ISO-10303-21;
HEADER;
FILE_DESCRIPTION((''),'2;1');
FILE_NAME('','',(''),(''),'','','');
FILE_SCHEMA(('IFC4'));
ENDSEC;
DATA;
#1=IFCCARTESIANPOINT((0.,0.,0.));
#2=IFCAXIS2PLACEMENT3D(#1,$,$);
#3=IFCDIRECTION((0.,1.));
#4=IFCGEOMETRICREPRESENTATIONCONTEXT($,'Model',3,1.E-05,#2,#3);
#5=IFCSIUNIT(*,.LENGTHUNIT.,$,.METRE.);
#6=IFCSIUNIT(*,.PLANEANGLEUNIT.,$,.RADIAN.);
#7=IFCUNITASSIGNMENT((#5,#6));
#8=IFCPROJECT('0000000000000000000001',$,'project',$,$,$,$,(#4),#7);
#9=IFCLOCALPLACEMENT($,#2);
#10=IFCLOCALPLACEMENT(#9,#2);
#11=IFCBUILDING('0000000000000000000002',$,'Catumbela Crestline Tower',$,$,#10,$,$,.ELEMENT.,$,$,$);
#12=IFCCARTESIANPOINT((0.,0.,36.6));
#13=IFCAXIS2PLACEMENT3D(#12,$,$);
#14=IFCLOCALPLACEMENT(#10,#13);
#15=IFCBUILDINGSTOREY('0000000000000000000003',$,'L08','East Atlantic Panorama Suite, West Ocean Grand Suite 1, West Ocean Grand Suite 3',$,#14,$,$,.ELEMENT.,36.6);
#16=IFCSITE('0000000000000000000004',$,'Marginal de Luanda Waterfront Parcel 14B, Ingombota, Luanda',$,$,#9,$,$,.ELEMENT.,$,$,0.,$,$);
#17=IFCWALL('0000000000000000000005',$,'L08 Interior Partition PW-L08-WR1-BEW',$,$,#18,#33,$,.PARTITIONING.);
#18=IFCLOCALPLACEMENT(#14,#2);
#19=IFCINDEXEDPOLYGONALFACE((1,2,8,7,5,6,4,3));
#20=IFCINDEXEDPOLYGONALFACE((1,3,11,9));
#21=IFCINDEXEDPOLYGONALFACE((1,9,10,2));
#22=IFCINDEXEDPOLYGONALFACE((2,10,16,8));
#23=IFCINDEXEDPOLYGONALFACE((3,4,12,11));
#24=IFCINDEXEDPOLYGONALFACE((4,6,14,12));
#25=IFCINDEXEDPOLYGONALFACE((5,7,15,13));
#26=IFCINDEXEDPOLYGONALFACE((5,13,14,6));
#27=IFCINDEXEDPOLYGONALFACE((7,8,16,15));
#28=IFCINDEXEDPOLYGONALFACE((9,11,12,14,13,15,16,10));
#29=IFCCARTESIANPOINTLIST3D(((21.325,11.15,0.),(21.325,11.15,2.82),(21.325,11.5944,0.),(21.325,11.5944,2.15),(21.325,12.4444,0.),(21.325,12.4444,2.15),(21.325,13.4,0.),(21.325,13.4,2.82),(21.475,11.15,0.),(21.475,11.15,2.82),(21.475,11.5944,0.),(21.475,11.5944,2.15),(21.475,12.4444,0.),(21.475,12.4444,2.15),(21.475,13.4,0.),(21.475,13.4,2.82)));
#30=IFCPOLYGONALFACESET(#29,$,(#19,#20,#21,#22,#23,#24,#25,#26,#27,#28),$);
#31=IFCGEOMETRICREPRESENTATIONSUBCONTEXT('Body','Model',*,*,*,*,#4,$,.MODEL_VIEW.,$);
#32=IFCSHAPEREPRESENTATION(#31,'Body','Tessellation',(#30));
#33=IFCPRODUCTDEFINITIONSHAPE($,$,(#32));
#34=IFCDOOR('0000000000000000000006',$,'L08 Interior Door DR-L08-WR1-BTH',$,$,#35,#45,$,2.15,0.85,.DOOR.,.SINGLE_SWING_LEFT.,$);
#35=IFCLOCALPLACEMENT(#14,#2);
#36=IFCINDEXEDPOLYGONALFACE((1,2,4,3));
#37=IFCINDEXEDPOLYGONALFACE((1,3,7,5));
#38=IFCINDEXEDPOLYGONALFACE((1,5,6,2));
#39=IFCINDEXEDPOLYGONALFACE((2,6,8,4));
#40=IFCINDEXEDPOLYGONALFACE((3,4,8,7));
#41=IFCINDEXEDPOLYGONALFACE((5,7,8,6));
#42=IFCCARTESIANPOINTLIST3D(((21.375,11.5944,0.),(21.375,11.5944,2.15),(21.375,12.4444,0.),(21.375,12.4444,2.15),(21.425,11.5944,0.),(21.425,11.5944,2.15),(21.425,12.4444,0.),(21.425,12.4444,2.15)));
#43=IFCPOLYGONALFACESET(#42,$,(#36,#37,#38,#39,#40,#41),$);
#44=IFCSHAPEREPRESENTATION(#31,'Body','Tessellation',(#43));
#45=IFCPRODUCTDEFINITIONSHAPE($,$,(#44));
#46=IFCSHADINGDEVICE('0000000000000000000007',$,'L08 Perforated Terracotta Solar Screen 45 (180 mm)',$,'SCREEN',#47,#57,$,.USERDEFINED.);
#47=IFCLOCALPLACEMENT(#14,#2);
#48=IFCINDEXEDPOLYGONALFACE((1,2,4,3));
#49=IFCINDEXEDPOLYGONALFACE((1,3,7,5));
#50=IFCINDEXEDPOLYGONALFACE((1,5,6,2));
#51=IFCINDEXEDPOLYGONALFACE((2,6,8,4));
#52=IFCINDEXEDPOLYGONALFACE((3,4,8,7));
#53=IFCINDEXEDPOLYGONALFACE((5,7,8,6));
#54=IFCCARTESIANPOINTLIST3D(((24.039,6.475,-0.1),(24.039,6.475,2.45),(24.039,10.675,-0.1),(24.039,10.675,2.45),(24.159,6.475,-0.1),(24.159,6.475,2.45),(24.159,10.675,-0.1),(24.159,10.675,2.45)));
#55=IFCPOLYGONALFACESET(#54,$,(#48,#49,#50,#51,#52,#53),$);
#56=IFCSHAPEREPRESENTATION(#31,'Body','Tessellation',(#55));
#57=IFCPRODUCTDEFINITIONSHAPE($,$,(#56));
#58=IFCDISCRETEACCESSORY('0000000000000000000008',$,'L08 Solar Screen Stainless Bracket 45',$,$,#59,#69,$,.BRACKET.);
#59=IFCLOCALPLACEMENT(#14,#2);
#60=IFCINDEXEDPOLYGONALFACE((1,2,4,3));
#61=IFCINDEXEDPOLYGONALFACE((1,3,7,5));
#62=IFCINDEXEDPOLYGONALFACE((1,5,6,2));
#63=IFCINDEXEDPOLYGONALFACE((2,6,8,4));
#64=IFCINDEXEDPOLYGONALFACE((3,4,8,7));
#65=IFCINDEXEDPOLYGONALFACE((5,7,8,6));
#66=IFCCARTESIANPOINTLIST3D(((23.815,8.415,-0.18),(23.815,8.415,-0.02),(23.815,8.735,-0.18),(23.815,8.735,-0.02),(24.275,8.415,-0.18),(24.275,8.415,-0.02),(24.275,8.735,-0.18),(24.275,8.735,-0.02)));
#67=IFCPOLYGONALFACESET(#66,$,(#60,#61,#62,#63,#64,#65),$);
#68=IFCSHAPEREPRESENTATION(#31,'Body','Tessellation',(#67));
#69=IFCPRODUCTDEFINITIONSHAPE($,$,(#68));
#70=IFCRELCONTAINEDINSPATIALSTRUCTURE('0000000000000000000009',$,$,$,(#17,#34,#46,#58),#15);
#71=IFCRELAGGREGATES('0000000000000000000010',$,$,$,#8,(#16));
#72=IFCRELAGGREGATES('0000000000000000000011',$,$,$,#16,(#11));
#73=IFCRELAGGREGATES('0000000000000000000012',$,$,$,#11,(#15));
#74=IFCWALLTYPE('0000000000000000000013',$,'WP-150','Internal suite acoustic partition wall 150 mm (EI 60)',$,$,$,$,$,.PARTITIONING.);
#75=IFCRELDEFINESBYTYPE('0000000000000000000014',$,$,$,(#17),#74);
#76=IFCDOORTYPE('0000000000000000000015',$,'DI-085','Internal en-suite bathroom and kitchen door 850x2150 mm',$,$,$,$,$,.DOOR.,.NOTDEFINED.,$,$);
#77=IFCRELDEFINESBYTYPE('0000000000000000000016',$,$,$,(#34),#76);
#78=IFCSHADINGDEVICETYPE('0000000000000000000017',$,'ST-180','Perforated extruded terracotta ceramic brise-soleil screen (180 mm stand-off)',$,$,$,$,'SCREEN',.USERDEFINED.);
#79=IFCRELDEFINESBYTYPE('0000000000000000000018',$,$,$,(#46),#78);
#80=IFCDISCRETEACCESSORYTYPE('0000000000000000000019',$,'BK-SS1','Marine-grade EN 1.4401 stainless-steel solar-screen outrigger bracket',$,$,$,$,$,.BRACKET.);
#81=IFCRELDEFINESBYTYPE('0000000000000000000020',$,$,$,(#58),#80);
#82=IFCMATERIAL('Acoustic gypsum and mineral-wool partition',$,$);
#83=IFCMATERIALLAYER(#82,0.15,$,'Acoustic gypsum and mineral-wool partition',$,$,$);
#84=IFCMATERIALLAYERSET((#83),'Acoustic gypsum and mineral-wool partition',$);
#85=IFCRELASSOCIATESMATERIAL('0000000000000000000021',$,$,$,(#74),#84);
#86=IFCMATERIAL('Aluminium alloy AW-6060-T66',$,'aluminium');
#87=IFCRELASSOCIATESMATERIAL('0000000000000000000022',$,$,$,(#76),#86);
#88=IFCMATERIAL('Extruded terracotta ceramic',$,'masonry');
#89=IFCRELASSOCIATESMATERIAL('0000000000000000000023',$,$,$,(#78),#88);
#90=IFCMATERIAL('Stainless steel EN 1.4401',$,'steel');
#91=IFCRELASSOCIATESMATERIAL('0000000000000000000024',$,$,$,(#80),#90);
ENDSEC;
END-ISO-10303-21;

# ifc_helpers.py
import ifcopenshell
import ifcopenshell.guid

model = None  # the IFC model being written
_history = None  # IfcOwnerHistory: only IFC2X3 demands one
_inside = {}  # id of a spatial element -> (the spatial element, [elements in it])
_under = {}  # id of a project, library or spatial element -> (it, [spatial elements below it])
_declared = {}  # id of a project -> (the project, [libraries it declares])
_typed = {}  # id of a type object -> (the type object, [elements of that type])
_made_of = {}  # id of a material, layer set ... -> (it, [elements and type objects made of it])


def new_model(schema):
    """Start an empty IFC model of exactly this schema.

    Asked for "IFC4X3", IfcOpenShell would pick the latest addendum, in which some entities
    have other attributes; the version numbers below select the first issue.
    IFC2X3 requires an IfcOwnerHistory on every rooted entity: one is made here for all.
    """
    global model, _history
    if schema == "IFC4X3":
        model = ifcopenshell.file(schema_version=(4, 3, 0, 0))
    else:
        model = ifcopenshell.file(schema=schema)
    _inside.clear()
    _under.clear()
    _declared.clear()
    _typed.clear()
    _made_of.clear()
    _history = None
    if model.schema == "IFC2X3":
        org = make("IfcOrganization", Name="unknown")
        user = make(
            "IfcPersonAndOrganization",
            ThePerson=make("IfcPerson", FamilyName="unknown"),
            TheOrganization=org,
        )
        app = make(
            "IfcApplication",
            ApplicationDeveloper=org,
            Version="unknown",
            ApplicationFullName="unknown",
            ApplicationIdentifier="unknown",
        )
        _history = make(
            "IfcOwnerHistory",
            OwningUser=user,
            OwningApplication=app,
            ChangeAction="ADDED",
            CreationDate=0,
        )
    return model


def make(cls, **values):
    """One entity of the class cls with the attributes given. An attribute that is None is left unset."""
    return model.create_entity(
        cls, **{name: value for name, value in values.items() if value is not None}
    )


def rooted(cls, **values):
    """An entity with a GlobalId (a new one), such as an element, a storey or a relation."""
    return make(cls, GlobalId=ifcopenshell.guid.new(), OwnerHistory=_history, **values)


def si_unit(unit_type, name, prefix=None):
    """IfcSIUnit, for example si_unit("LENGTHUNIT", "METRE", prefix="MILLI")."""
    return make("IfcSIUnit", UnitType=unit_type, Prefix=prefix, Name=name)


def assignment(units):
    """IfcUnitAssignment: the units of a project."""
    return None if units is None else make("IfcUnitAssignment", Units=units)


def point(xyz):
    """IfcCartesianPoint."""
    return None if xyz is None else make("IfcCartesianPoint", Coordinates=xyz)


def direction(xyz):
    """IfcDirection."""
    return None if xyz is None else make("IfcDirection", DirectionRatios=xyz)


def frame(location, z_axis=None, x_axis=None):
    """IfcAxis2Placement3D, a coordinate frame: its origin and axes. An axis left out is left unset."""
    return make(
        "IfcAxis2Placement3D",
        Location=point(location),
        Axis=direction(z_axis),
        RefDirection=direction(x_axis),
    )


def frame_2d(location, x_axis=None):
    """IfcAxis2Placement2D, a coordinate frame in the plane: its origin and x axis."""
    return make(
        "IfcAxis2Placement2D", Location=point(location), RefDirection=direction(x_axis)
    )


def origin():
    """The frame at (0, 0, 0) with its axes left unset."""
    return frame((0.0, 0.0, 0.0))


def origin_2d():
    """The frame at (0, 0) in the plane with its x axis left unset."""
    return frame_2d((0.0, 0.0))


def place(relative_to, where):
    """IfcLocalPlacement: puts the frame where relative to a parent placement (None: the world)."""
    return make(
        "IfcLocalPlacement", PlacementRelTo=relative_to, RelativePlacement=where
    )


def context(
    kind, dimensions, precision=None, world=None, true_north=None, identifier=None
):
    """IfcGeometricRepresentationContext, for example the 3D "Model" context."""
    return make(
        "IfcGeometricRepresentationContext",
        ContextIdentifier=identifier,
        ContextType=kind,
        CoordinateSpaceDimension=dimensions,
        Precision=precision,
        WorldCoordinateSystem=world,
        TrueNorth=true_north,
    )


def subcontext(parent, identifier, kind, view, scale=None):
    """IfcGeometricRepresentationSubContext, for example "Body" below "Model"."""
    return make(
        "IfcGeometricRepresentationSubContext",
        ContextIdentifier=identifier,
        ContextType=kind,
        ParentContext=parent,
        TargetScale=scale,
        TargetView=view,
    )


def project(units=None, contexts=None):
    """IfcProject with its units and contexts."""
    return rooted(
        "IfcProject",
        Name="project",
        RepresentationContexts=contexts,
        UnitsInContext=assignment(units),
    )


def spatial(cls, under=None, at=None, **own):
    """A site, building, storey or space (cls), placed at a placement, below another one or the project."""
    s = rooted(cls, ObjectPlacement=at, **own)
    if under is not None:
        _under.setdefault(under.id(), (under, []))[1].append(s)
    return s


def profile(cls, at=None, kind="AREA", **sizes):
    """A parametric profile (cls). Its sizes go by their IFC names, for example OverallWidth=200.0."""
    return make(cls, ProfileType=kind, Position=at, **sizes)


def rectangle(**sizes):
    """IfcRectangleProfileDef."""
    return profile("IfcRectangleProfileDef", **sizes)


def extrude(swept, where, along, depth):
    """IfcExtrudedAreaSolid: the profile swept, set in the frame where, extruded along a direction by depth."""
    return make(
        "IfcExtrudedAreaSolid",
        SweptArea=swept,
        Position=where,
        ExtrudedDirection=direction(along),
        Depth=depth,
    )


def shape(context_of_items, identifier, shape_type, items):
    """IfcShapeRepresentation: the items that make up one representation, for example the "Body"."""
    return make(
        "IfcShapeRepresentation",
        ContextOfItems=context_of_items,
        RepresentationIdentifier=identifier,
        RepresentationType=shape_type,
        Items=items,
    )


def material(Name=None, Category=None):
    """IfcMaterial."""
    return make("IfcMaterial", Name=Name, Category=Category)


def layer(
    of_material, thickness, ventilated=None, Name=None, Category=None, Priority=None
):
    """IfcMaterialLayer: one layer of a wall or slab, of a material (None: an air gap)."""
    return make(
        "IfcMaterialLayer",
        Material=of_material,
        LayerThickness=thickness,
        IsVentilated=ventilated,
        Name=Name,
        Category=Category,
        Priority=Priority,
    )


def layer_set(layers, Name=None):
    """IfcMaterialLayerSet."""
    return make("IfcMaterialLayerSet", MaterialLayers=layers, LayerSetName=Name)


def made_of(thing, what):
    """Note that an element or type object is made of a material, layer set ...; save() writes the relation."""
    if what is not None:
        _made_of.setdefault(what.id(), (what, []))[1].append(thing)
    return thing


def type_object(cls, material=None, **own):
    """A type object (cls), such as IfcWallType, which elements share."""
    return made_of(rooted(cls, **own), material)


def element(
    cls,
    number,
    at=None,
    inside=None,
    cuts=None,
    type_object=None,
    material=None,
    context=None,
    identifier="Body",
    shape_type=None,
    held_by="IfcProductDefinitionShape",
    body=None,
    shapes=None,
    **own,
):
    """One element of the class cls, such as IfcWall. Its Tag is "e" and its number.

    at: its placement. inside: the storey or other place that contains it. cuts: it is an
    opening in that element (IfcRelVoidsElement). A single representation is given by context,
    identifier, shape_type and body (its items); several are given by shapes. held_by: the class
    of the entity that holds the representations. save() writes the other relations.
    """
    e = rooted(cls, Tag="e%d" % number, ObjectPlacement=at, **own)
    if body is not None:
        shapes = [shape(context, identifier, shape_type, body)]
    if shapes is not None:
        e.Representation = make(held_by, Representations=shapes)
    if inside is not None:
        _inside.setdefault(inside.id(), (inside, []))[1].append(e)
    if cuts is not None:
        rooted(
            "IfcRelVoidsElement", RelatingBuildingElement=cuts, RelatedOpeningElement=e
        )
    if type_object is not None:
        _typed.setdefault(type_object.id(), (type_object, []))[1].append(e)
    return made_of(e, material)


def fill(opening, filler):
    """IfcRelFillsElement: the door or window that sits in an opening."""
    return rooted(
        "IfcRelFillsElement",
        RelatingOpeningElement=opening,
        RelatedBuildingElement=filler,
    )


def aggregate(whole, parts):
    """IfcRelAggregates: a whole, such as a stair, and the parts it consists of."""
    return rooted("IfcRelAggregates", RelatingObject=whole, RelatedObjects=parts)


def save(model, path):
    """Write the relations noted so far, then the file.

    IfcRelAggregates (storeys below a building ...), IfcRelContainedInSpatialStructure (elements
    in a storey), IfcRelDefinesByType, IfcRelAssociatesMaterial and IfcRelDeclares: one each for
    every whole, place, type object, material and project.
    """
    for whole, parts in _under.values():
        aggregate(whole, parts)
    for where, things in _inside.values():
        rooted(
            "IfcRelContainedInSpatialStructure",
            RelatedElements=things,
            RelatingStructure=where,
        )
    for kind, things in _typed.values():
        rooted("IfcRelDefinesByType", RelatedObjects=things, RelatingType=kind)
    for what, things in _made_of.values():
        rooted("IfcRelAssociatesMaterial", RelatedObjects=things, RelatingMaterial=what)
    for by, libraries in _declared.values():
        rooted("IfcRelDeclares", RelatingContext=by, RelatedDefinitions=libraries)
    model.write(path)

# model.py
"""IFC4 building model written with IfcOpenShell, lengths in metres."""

from ifc_helpers import new_model, si_unit, direction, frame, frame_2d, origin, origin_2d, place, context, subcontext, project, spatial, rectangle, extrude, material, layer, layer_set, type_object, element, fill, save


model = new_model("IFC4")

# Units and contexts
model_context = context("Model", 3, precision=1e-05, world=origin(), true_north=direction((0.0, 1.0)))
body_context = subcontext(model_context, "Body", "Model", "MODEL_VIEW")
ifc_project = project(units=[si_unit("LENGTHUNIT", "METRE"), si_unit("PLANEANGLEUNIT", "RADIAN")], contexts=[model_context])

# Site, building, storey
site_placement = place(None, origin())
site = spatial("IfcSite", under=ifc_project, at=site_placement, Name="Marginal de Luanda Waterfront Parcel 14B, Ingombota, Luanda", CompositionType="ELEMENT", RefElevation=0.0)
building_placement = place(site_placement, origin())
building = spatial("IfcBuilding", under=site, at=building_placement, Name="Catumbela Crestline Tower", CompositionType="ELEMENT")
storey_placement = place(building_placement, frame((0.0, 0.0, 36.6)))
storey = spatial("IfcBuildingStorey", under=building, at=storey_placement, Name="L08", Description="East Atlantic Panorama Suite, West Ocean Grand Suite 1, West Ocean Grand Suite 3", CompositionType="ELEMENT", Elevation=36.6)

# Shared definitions
ifc_material_1 = material(Name="Aluminium alloy AW-6060-T66", Category="aluminium")

# Wall, opening, door
ifc_material_2 = material(Name="Acoustic gypsum and mineral-wool partition")
ifc_layer_1 = layer(ifc_material_2, 0.15, Name="Acoustic gypsum and mineral-wool partition")
ifc_layer_set_1 = layer_set([ifc_layer_1], Name="Acoustic gypsum and mineral-wool partition")
wall_type_1 = type_object("IfcWallType", Name="WP-150", Description="Internal suite acoustic partition wall 150 mm (EI 60)", PredefinedType="PARTITIONING", material=ifc_layer_set_1)
wall_1_placement = place(storey_placement, frame((21.4, 11.15, 0.0), z_axis=(0.0, 0.0, 1.0), x_axis=(0.0, 1.0, 0.0)))
wall_1 = element("IfcWall", 1, at=wall_1_placement, inside=storey, type_object=wall_type_1, Name="L08 Interior Partition PW-L08-WR1-BEW", PredefinedType="PARTITIONING", context=body_context, shape_type="SweptSolid", body=[
    extrude(rectangle(XDim=2.25, YDim=0.15, at=frame_2d((1.125, 0.0))), origin(), (0.0, 0.0, 1.0), 2.82),
])
opening_1_placement = place(wall_1_placement, frame((0.4444, 0.0, 0.0)))
opening_1 = element("IfcOpeningElement", 2, at=opening_1_placement, cuts=wall_1, PredefinedType="OPENING", context=body_context, shape_type="SweptSolid", body=[
    extrude(rectangle(XDim=0.85, YDim=2.15, at=frame_2d((0.425, 1.075))), frame((0.0, 0.085, 0.0), z_axis=(0.0, -1.0, 0.0), x_axis=(1.0, 0.0, 0.0)), (0.0, 0.0, 1.0), 0.17),
])
door_type = type_object("IfcDoorType", Name="DI-085", Description="Internal en-suite bathroom and kitchen door 850x2150 mm", OperationType="NOTDEFINED", PredefinedType="DOOR", material=ifc_material_1)
door_placement = place(opening_1_placement, origin())
door = element("IfcDoor", 3, at=door_placement, inside=storey, type_object=door_type, Name="L08 Interior Door DR-L08-WR1-BTH", OperationType="SINGLE_SWING_LEFT", OverallHeight=2.15, OverallWidth=0.85, PredefinedType="DOOR", context=body_context, shape_type="SweptSolid", body=[
    extrude(rectangle(XDim=0.85, YDim=2.15, at=frame_2d((0.425, 1.075))), frame((0.0, 0.025, 0.0), z_axis=(0.0, -1.0, 0.0), x_axis=(1.0, 0.0, 0.0)), (0.0, 0.0, 1.0), 0.05),
])
fill(opening_1, door)

# Shading device
ifc_material_3 = material(Name="Extruded terracotta ceramic", Category="masonry")
shading_device_type = type_object("IfcShadingDeviceType", Name="ST-180", Description="Perforated extruded terracotta ceramic brise-soleil screen (180 mm stand-off)", ElementType="SCREEN", PredefinedType="USERDEFINED", material=ifc_material_3)
shading_device_placement = place(storey_placement, frame((24.099, 8.575, -0.1), z_axis=(0.0, 0.0, 1.0), x_axis=(0.0, 1.0, 0.0)))
element("IfcShadingDevice", 4, at=shading_device_placement, inside=storey, type_object=shading_device_type, Name="L08 Perforated Terracotta Solar Screen 45 (180 mm)", ObjectType="SCREEN", PredefinedType="USERDEFINED", context=body_context, shape_type="SweptSolid", body=[
    extrude(rectangle(XDim=4.2, YDim=0.12, at=origin_2d()), origin(), (0.0, 0.0, 1.0), 2.55),
])

# Discrete accessory
ifc_material_4 = material(Name="Stainless steel EN 1.4401", Category="steel")
discrete_accessory_type = type_object("IfcDiscreteAccessoryType", Name="BK-SS1", Description="Marine-grade EN 1.4401 stainless-steel solar-screen outrigger bracket", PredefinedType="BRACKET", material=ifc_material_4)
discrete_accessory_placement = place(storey_placement, frame((24.045, 8.575, -0.18), z_axis=(0.0, 0.0, 1.0), x_axis=(0.0, 1.0, 0.0)))
element("IfcDiscreteAccessory", 5, at=discrete_accessory_placement, inside=storey, type_object=discrete_accessory_type, Name="L08 Solar Screen Stainless Bracket 45", PredefinedType="BRACKET", context=body_context, shape_type="SweptSolid", body=[
    extrude(rectangle(XDim=0.32, YDim=0.46, at=origin_2d()), origin(), (0.0, 0.0, 1.0), 0.16),
])

save(model, "model.ifc")
